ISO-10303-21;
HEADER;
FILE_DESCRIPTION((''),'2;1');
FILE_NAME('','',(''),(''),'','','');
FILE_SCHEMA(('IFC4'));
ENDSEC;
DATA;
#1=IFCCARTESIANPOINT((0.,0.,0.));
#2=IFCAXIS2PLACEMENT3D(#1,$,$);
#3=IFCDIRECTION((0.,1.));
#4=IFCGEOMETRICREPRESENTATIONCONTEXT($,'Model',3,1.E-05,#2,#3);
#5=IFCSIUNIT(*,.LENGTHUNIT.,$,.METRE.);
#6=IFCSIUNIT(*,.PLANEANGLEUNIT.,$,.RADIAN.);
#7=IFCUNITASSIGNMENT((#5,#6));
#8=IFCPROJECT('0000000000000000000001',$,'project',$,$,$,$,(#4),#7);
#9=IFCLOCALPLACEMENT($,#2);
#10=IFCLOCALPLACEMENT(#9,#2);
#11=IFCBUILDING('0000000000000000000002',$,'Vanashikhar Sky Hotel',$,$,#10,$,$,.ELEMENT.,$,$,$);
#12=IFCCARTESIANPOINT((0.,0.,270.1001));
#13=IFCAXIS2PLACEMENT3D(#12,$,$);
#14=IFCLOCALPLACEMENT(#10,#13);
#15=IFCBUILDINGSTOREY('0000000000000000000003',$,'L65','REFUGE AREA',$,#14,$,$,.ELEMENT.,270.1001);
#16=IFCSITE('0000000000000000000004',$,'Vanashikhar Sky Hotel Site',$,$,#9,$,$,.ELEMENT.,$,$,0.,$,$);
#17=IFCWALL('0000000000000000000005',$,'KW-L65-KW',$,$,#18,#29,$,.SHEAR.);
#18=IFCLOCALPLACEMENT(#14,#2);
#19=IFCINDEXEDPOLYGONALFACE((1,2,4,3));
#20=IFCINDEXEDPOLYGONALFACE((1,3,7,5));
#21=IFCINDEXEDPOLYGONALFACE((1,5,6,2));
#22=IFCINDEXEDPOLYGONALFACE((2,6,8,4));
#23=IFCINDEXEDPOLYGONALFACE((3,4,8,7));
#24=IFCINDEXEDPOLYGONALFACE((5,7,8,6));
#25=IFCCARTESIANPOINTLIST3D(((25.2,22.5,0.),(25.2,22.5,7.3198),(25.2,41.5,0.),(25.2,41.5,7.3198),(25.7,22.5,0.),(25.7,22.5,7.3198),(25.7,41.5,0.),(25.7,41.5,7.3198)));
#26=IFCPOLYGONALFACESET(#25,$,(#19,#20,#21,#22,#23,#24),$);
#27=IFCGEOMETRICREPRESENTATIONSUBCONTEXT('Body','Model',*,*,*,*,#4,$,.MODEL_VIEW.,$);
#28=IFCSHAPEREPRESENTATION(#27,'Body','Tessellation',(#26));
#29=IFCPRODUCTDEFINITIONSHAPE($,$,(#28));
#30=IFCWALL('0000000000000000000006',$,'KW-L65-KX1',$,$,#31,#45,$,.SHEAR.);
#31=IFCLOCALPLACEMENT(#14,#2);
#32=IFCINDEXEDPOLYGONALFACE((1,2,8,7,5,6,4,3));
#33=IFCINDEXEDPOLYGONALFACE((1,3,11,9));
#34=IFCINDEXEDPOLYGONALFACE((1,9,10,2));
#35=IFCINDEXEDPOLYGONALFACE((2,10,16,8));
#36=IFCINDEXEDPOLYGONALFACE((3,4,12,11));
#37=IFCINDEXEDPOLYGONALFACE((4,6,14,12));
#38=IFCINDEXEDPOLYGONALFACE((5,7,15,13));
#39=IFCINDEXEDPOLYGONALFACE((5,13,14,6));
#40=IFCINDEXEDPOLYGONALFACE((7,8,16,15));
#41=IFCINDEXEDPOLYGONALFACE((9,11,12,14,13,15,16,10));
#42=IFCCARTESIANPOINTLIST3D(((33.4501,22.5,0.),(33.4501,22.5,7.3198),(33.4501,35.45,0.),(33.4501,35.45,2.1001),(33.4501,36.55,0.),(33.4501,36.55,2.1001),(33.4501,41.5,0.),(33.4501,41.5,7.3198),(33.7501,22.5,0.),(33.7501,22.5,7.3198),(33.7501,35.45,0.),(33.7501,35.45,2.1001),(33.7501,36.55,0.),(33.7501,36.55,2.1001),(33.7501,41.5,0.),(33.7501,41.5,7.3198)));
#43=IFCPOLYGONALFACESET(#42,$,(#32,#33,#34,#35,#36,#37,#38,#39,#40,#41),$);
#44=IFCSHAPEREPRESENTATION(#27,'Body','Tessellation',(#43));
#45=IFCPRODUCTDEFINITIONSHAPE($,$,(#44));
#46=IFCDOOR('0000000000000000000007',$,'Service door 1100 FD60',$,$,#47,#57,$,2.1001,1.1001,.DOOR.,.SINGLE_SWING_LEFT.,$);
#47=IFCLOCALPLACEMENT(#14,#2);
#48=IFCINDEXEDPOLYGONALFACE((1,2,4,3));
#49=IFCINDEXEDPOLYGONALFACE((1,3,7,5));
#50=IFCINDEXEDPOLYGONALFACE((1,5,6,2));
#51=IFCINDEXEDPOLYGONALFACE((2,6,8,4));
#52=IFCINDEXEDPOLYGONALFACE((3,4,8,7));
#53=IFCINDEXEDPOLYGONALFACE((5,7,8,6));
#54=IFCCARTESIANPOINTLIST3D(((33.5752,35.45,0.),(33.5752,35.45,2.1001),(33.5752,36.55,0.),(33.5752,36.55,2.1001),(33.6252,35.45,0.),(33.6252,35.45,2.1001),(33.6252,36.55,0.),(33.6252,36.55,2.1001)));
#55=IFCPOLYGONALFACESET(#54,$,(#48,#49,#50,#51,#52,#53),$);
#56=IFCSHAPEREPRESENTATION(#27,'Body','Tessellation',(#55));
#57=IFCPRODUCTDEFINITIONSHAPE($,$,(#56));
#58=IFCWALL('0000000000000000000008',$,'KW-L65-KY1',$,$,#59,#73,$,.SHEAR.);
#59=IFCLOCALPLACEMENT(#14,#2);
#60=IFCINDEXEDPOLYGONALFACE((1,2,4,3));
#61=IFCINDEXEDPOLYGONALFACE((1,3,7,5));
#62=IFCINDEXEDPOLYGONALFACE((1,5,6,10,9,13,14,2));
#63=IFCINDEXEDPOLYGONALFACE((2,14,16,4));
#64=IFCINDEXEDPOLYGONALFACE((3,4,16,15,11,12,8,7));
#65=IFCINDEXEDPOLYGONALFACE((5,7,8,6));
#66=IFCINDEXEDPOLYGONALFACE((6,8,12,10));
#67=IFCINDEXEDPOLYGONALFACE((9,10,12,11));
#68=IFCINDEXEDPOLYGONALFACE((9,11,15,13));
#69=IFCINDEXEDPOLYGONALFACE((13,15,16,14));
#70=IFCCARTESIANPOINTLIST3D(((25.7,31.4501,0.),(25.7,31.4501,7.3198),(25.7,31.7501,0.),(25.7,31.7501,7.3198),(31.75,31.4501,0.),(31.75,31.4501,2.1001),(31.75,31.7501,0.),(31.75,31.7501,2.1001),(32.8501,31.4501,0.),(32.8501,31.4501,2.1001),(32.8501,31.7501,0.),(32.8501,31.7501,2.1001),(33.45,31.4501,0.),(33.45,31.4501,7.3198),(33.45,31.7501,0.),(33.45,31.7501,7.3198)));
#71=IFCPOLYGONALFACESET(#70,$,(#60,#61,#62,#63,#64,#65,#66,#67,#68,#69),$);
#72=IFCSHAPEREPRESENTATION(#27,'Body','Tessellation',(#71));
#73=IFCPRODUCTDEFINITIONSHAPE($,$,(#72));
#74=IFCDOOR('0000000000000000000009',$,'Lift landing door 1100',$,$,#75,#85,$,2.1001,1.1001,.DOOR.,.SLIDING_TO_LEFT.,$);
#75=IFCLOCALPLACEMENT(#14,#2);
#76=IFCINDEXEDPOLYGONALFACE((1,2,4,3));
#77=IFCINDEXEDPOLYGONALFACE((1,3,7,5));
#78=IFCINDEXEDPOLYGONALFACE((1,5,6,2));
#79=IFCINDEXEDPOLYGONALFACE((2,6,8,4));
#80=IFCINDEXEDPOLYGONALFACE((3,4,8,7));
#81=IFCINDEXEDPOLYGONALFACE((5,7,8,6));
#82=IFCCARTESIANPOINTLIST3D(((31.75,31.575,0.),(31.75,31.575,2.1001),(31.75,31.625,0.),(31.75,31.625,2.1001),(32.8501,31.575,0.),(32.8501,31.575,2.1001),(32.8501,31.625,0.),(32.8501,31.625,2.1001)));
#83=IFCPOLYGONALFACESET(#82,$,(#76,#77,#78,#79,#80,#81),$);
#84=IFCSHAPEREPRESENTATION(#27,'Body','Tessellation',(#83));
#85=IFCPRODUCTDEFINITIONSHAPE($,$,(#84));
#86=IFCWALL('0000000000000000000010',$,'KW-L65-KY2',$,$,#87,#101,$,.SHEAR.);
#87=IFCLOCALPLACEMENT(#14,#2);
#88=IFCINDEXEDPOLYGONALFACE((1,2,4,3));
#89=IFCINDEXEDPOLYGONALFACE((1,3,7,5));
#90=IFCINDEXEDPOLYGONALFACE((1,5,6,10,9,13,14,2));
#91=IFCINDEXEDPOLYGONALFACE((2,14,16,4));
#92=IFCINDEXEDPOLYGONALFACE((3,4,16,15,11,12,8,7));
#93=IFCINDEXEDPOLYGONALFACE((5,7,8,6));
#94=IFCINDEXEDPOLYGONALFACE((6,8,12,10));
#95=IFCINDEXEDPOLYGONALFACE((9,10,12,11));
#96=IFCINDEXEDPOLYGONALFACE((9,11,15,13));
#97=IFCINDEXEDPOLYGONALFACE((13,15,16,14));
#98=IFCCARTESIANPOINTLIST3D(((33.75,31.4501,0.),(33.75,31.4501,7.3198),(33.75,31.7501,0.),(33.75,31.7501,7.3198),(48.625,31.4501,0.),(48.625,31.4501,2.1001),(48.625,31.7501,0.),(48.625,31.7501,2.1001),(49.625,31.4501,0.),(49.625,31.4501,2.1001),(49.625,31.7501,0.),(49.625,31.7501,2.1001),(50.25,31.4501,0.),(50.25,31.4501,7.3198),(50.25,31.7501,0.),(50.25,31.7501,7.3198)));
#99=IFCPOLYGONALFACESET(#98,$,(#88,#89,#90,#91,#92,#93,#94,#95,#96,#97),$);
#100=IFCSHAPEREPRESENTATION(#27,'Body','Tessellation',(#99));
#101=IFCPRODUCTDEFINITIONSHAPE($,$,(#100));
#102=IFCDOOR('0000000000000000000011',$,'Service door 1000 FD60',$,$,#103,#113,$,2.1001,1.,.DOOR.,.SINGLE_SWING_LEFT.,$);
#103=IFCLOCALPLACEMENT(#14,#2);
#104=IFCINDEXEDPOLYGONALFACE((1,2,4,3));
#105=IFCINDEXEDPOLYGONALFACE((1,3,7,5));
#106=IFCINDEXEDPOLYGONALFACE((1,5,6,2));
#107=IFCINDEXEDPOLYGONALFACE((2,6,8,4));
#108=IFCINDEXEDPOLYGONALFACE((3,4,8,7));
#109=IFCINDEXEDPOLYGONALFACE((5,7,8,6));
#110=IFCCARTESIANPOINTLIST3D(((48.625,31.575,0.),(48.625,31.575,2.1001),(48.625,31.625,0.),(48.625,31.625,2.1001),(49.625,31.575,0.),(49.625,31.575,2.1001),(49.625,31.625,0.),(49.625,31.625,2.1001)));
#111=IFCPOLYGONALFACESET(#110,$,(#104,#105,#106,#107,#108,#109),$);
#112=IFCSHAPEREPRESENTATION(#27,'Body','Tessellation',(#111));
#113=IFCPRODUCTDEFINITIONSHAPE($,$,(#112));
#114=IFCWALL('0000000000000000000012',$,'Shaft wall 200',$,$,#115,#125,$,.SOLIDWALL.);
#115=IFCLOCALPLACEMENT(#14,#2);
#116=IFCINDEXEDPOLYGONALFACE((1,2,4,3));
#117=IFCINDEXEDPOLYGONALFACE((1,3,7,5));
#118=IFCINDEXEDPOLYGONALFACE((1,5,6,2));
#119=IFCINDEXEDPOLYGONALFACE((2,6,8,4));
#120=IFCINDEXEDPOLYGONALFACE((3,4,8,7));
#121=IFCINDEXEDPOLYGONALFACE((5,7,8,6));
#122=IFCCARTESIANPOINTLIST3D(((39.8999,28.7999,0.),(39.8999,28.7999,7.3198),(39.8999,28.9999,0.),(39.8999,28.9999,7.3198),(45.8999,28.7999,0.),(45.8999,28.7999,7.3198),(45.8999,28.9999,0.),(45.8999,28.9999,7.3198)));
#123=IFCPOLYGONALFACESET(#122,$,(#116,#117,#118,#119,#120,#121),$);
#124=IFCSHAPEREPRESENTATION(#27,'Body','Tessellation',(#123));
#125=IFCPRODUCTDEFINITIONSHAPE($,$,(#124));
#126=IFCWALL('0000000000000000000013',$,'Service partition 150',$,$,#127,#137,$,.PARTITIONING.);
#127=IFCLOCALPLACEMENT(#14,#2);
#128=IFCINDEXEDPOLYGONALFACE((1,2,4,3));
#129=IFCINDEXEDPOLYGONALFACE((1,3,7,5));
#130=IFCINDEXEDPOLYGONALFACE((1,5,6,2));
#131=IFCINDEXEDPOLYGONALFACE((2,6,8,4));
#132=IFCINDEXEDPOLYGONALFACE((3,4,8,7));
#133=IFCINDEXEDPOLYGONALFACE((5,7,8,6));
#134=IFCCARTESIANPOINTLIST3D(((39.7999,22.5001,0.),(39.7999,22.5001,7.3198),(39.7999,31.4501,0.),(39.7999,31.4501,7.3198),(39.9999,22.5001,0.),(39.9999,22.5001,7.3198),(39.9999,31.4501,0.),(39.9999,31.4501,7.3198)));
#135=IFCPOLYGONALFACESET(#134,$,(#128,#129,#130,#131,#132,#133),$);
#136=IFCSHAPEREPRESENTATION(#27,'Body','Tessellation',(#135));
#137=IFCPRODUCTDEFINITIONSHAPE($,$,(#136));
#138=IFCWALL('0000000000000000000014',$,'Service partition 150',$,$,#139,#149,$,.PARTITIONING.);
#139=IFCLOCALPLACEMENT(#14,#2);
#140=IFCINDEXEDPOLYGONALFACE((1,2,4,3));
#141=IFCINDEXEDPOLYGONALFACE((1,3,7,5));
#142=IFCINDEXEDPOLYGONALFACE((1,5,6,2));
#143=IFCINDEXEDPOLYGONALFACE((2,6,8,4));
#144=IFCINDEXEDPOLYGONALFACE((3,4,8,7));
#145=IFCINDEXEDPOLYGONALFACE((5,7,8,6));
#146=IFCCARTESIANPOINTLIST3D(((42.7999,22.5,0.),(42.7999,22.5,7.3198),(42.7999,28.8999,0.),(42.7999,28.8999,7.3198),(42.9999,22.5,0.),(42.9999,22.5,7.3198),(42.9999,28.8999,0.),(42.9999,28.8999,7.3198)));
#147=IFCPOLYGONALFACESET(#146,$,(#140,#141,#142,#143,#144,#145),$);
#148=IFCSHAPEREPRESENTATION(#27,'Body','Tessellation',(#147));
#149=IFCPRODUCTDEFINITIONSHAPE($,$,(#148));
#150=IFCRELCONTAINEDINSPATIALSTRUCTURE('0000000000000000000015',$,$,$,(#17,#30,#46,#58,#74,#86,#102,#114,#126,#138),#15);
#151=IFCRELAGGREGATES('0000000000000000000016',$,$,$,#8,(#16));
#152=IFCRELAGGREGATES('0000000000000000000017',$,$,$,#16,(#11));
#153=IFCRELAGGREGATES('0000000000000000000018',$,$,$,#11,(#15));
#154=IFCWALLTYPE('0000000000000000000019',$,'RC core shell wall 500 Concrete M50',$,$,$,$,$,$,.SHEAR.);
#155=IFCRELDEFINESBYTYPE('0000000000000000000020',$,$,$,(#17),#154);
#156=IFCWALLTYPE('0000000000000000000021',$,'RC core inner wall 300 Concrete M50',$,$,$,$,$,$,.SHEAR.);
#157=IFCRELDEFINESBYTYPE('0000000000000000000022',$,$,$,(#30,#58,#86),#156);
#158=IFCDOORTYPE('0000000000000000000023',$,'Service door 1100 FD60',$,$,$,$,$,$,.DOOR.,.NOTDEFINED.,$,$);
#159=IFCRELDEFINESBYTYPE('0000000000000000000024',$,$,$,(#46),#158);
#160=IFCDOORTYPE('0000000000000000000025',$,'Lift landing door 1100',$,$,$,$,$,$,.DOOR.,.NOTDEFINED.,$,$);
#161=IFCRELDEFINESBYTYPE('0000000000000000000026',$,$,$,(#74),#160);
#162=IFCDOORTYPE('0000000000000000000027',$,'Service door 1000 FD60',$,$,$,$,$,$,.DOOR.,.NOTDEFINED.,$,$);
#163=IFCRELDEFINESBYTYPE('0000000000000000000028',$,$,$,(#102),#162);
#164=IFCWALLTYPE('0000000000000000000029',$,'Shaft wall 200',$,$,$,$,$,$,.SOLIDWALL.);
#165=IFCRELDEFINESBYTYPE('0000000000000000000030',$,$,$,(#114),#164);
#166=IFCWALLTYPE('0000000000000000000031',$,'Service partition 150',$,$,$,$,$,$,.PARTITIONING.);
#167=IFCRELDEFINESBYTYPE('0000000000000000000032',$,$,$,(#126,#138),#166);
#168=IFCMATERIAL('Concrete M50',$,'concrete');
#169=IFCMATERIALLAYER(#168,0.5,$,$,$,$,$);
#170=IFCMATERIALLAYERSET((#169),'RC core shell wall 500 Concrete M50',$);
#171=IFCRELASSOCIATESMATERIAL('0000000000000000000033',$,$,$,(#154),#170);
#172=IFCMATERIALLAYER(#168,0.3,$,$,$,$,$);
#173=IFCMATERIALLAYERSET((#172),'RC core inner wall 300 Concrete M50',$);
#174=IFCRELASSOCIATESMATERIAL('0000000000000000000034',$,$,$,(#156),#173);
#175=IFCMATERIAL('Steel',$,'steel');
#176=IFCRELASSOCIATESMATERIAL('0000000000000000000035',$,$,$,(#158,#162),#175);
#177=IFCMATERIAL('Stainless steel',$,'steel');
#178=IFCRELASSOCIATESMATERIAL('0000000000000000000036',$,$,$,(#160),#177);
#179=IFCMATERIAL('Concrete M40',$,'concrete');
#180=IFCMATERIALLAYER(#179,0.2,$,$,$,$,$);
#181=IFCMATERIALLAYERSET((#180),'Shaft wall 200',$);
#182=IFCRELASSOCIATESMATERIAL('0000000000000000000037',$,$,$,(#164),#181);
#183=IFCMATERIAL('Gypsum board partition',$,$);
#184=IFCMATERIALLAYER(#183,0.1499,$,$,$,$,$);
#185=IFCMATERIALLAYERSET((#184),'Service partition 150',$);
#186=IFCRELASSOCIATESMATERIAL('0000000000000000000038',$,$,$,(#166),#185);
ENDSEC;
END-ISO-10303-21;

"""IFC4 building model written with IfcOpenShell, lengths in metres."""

from ifc_helpers import new_model, si_unit, direction, frame, frame_2d, origin, place, context, subcontext, project, spatial, rectangle, extrude, source, transform, mapped, material, layer, layer_set, type_object, element, fill, save


model = new_model("IFC4")

# Units and contexts
model_context = context("Model", 3, precision=1e-05, world=origin(), true_north=direction((0.0, 1.0)))
body_context = subcontext(model_context, "Body", "Model", "MODEL_VIEW")
ifc_project = project(units=[si_unit("LENGTHUNIT", "METRE"), si_unit("PLANEANGLEUNIT", "RADIAN")], contexts=[model_context])

# Site, building, storey
site_placement = place(None, origin())
site = spatial("IfcSite", under=ifc_project, at=site_placement, Name="Vanashikhar Sky Hotel Site", CompositionType="ELEMENT", RefElevation=0.0)
building_placement = place(site_placement, origin())
building = spatial("IfcBuilding", under=site, at=building_placement, Name="Vanashikhar Sky Hotel", CompositionType="ELEMENT")
storey_placement = place(building_placement, frame((0.0, 0.0, 270.1001)))
storey = spatial("IfcBuildingStorey", under=building, at=storey_placement, Name="L65", Description="REFUGE AREA", CompositionType="ELEMENT", Elevation=270.1001)

# Wall
ifc_material_1 = material(Name="Concrete M50", Category="concrete")
ifc_layer_1 = layer(ifc_material_1, 0.5)
ifc_layer_set_1 = layer_set([ifc_layer_1], Name="RC core shell wall 500 Concrete M50")
wall_type_1 = type_object("IfcWallType", Name="RC core shell wall 500 Concrete M50", PredefinedType="SHEAR", material=ifc_layer_set_1)
shared_shape_1 = source(origin(), body_context, "Body", "SweptSolid", [
    extrude(rectangle(XDim=19.0, YDim=0.5, at=frame_2d((9.5, 0.0))), origin(), (0.0, 0.0, 1.0), 7.3198),
])
wall_1_placement = place(storey_placement, frame((25.45, 22.5, 0.0), z_axis=(0.0, 0.0, 1.0), x_axis=(0.0, 1.0, 0.0)))
element("IfcWall", 1, at=wall_1_placement, inside=storey, type_object=wall_type_1, Name="KW-L65-KW", PredefinedType="SHEAR", context=body_context, shape_type="MappedRepresentation", body=[
    mapped(shared_shape_1, transform((0.0, 0.0, 0.0), scale=1.0)),
])

# Walls, openings, doors
ifc_layer_2 = layer(ifc_material_1, 0.3)
ifc_layer_set_2 = layer_set([ifc_layer_2], Name="RC core inner wall 300 Concrete M50")
wall_type_2 = type_object("IfcWallType", Name="RC core inner wall 300 Concrete M50", PredefinedType="SHEAR", material=ifc_layer_set_2)
shared_shape_2 = source(origin(), body_context, "Body", "SweptSolid", [
    extrude(rectangle(XDim=19.0, YDim=0.3, at=frame_2d((9.5, 0.0))), origin(), (0.0, 0.0, 1.0), 7.3198),
])
wall_2_placement = place(storey_placement, frame((33.6001, 22.5, 0.0), z_axis=(0.0, 0.0, 1.0), x_axis=(0.0, 1.0, 0.0)))
wall_2 = element("IfcWall", 2, at=wall_2_placement, inside=storey, type_object=wall_type_2, Name="KW-L65-KX1", PredefinedType="SHEAR", context=body_context, shape_type="MappedRepresentation", body=[
    mapped(shared_shape_2, transform((0.0, 0.0, 0.0), scale=1.0)),
])
shared_shape_3 = source(origin(), body_context, "Body", "SweptSolid", [
    extrude(rectangle(XDim=1.1001, YDim=2.1001, at=frame_2d((0.55, 1.05))), frame((0.0, 0.1602, 0.0), z_axis=(0.0, -1.0, 0.0), x_axis=(1.0, 0.0, 0.0)), (0.0, 0.0, 1.0), 0.3201),
])
opening_1_placement = place(wall_2_placement, frame((12.95, 0.0, 0.0)))
opening_1 = element("IfcOpeningElement", 3, at=opening_1_placement, cuts=wall_2, PredefinedType="OPENING", context=body_context, shape_type="MappedRepresentation", body=[
    mapped(shared_shape_3, transform((0.0, 0.0, 0.0), scale=1.0)),
])
ifc_material_2 = material(Name="Steel", Category="steel")
door_type_1 = type_object("IfcDoorType", Name="Service door 1100 FD60", OperationType="NOTDEFINED", PredefinedType="DOOR", material=ifc_material_2)
shared_shape_4 = source(origin(), body_context, "Body", "SweptSolid", [
    extrude(rectangle(XDim=1.1001, YDim=2.1001, at=frame_2d((0.55, 1.05))), frame((0.0, 0.0249, 0.0), z_axis=(0.0, -1.0, 0.0), x_axis=(1.0, 0.0, 0.0)), (0.0, 0.0, 1.0), 0.05),
])
door_1_placement = place(opening_1_placement, origin())
door_1 = element("IfcDoor", 4, at=door_1_placement, inside=storey, type_object=door_type_1, Name="Service door 1100 FD60", OperationType="SINGLE_SWING_LEFT", OverallHeight=2.1001, OverallWidth=1.1001, PredefinedType="DOOR", context=body_context, shape_type="MappedRepresentation", body=[
    mapped(shared_shape_4, transform((0.0, 0.0, 0.0), scale=1.0)),
])
fill(opening_1, door_1)
shared_shape_5 = source(origin(), body_context, "Body", "SweptSolid", [
    extrude(rectangle(XDim=7.75, YDim=0.3, at=frame_2d((3.875, 0.0))), origin(), (0.0, 0.0, 1.0), 7.3198),
])
wall_3_placement = place(storey_placement, frame((25.7, 31.6001, 0.0), z_axis=(0.0, 0.0, 1.0), x_axis=(1.0, 0.0, 0.0)))
wall_3 = element("IfcWall", 5, at=wall_3_placement, inside=storey, type_object=wall_type_2, Name="KW-L65-KY1", PredefinedType="SHEAR", context=body_context, shape_type="MappedRepresentation", body=[
    mapped(shared_shape_5, transform((0.0, 0.0, 0.0), scale=1.0)),
])
opening_2_placement = place(wall_3_placement, frame((6.05, 0.0, 0.0)))
opening_2 = element("IfcOpeningElement", 6, at=opening_2_placement, cuts=wall_3, PredefinedType="OPENING", context=body_context, shape_type="MappedRepresentation", body=[
    mapped(shared_shape_3, transform((0.0, 0.0, 0.0), scale=1.0)),
])
ifc_material_3 = material(Name="Stainless steel", Category="steel")
door_type_2 = type_object("IfcDoorType", Name="Lift landing door 1100", OperationType="NOTDEFINED", PredefinedType="DOOR", material=ifc_material_3)
door_2_placement = place(opening_2_placement, origin())
door_2 = element("IfcDoor", 7, at=door_2_placement, inside=storey, type_object=door_type_2, Name="Lift landing door 1100", OperationType="SLIDING_TO_LEFT", OverallHeight=2.1001, OverallWidth=1.1001, PredefinedType="DOOR", context=body_context, shape_type="MappedRepresentation", body=[
    mapped(shared_shape_4, transform((0.0, 0.0, 0.0), scale=1.0)),
])
fill(opening_2, door_2)
shared_shape_6 = source(origin(), body_context, "Body", "SweptSolid", [
    extrude(rectangle(XDim=16.5, YDim=0.3, at=frame_2d((8.25, 0.0))), origin(), (0.0, 0.0, 1.0), 7.3198),
])
wall_4_placement = place(storey_placement, frame((33.75, 31.6001, 0.0), z_axis=(0.0, 0.0, 1.0), x_axis=(1.0, 0.0, 0.0)))
wall_4 = element("IfcWall", 8, at=wall_4_placement, inside=storey, type_object=wall_type_2, Name="KW-L65-KY2", PredefinedType="SHEAR", context=body_context, shape_type="MappedRepresentation", body=[
    mapped(shared_shape_6, transform((0.0, 0.0, 0.0), scale=1.0)),
])
shared_shape_7 = source(origin(), body_context, "Body", "SweptSolid", [
    extrude(rectangle(XDim=1.0, YDim=2.1001, at=frame_2d((0.5, 1.05))), frame((0.0, 0.1602, 0.0), z_axis=(0.0, -1.0, 0.0), x_axis=(1.0, 0.0, 0.0)), (0.0, 0.0, 1.0), 0.3201),
])
opening_3_placement = place(wall_4_placement, frame((14.875, 0.0, 0.0)))
opening_3 = element("IfcOpeningElement", 9, at=opening_3_placement, cuts=wall_4, PredefinedType="OPENING", context=body_context, shape_type="MappedRepresentation", body=[
    mapped(shared_shape_7, transform((0.0, 0.0, 0.0), scale=1.0)),
])
door_type_3 = type_object("IfcDoorType", Name="Service door 1000 FD60", OperationType="NOTDEFINED", PredefinedType="DOOR", material=ifc_material_2)
shared_shape_8 = source(origin(), body_context, "Body", "SweptSolid", [
    extrude(rectangle(XDim=1.0, YDim=2.1001, at=frame_2d((0.5, 1.05))), frame((0.0, 0.0249, 0.0), z_axis=(0.0, -1.0, 0.0), x_axis=(1.0, 0.0, 0.0)), (0.0, 0.0, 1.0), 0.05),
])
door_3_placement = place(opening_3_placement, origin())
door_3 = element("IfcDoor", 10, at=door_3_placement, inside=storey, type_object=door_type_3, Name="Service door 1000 FD60", OperationType="SINGLE_SWING_LEFT", OverallHeight=2.1001, OverallWidth=1.0, PredefinedType="DOOR", context=body_context, shape_type="MappedRepresentation", body=[
    mapped(shared_shape_8, transform((0.0, 0.0, 0.0), scale=1.0)),
])
fill(opening_3, door_3)

# Walls
ifc_material_4 = material(Name="Concrete M40", Category="concrete")
ifc_layer_3 = layer(ifc_material_4, 0.2)
ifc_layer_set_3 = layer_set([ifc_layer_3], Name="Shaft wall 200")
wall_type_3 = type_object("IfcWallType", Name="Shaft wall 200", PredefinedType="SOLIDWALL", material=ifc_layer_set_3)
shared_shape_9 = source(origin(), body_context, "Body", "SweptSolid", [
    extrude(rectangle(XDim=6.0, YDim=0.2, at=frame_2d((3.0, 0.0))), origin(), (0.0, 0.0, 1.0), 7.3198),
])
wall_5_placement = place(storey_placement, frame((39.8999, 28.8999, 0.0), z_axis=(0.0, 0.0, 1.0), x_axis=(1.0, 0.0, 0.0)))
element("IfcWall", 11, at=wall_5_placement, inside=storey, type_object=wall_type_3, Name="Shaft wall 200", PredefinedType="SOLIDWALL", context=body_context, shape_type="MappedRepresentation", body=[
    mapped(shared_shape_9, transform((0.0, 0.0, 0.0), scale=1.0)),
])
ifc_material_5 = material(Name="Gypsum board partition")
ifc_layer_4 = layer(ifc_material_5, 0.1499)
ifc_layer_set_4 = layer_set([ifc_layer_4], Name="Service partition 150")
wall_type_4 = type_object("IfcWallType", Name="Service partition 150", PredefinedType="PARTITIONING", material=ifc_layer_set_4)
shared_shape_10 = source(origin(), body_context, "Body", "SweptSolid", [
    extrude(rectangle(XDim=8.95, YDim=0.2, at=frame_2d((4.4751, 0.0))), origin(), (0.0, 0.0, 1.0), 7.3198),
])
wall_6_placement = place(storey_placement, frame((39.8999, 22.5, 0.0), z_axis=(0.0, 0.0, 1.0), x_axis=(0.0, 1.0, 0.0)))
element("IfcWall", 12, at=wall_6_placement, inside=storey, type_object=wall_type_4, Name="Service partition 150", PredefinedType="PARTITIONING", context=body_context, shape_type="MappedRepresentation", body=[
    mapped(shared_shape_10, transform((0.0, 0.0, 0.0), scale=1.0)),
])
shared_shape_11 = source(origin(), body_context, "Body", "SweptSolid", [
    extrude(rectangle(XDim=6.3999, YDim=0.2, at=frame_2d((3.2, 0.0))), origin(), (0.0, 0.0, 1.0), 7.3198),
])
wall_7_placement = place(storey_placement, frame((42.8999, 22.5, 0.0), z_axis=(0.0, 0.0, 1.0), x_axis=(0.0, 1.0, 0.0)))
element("IfcWall", 13, at=wall_7_placement, inside=storey, type_object=wall_type_4, Name="Service partition 150", PredefinedType="PARTITIONING", context=body_context, shape_type="MappedRepresentation", body=[
    mapped(shared_shape_11, transform((0.0, 0.0, 0.0), scale=1.0)),
])

save(model, "model.ifc")
